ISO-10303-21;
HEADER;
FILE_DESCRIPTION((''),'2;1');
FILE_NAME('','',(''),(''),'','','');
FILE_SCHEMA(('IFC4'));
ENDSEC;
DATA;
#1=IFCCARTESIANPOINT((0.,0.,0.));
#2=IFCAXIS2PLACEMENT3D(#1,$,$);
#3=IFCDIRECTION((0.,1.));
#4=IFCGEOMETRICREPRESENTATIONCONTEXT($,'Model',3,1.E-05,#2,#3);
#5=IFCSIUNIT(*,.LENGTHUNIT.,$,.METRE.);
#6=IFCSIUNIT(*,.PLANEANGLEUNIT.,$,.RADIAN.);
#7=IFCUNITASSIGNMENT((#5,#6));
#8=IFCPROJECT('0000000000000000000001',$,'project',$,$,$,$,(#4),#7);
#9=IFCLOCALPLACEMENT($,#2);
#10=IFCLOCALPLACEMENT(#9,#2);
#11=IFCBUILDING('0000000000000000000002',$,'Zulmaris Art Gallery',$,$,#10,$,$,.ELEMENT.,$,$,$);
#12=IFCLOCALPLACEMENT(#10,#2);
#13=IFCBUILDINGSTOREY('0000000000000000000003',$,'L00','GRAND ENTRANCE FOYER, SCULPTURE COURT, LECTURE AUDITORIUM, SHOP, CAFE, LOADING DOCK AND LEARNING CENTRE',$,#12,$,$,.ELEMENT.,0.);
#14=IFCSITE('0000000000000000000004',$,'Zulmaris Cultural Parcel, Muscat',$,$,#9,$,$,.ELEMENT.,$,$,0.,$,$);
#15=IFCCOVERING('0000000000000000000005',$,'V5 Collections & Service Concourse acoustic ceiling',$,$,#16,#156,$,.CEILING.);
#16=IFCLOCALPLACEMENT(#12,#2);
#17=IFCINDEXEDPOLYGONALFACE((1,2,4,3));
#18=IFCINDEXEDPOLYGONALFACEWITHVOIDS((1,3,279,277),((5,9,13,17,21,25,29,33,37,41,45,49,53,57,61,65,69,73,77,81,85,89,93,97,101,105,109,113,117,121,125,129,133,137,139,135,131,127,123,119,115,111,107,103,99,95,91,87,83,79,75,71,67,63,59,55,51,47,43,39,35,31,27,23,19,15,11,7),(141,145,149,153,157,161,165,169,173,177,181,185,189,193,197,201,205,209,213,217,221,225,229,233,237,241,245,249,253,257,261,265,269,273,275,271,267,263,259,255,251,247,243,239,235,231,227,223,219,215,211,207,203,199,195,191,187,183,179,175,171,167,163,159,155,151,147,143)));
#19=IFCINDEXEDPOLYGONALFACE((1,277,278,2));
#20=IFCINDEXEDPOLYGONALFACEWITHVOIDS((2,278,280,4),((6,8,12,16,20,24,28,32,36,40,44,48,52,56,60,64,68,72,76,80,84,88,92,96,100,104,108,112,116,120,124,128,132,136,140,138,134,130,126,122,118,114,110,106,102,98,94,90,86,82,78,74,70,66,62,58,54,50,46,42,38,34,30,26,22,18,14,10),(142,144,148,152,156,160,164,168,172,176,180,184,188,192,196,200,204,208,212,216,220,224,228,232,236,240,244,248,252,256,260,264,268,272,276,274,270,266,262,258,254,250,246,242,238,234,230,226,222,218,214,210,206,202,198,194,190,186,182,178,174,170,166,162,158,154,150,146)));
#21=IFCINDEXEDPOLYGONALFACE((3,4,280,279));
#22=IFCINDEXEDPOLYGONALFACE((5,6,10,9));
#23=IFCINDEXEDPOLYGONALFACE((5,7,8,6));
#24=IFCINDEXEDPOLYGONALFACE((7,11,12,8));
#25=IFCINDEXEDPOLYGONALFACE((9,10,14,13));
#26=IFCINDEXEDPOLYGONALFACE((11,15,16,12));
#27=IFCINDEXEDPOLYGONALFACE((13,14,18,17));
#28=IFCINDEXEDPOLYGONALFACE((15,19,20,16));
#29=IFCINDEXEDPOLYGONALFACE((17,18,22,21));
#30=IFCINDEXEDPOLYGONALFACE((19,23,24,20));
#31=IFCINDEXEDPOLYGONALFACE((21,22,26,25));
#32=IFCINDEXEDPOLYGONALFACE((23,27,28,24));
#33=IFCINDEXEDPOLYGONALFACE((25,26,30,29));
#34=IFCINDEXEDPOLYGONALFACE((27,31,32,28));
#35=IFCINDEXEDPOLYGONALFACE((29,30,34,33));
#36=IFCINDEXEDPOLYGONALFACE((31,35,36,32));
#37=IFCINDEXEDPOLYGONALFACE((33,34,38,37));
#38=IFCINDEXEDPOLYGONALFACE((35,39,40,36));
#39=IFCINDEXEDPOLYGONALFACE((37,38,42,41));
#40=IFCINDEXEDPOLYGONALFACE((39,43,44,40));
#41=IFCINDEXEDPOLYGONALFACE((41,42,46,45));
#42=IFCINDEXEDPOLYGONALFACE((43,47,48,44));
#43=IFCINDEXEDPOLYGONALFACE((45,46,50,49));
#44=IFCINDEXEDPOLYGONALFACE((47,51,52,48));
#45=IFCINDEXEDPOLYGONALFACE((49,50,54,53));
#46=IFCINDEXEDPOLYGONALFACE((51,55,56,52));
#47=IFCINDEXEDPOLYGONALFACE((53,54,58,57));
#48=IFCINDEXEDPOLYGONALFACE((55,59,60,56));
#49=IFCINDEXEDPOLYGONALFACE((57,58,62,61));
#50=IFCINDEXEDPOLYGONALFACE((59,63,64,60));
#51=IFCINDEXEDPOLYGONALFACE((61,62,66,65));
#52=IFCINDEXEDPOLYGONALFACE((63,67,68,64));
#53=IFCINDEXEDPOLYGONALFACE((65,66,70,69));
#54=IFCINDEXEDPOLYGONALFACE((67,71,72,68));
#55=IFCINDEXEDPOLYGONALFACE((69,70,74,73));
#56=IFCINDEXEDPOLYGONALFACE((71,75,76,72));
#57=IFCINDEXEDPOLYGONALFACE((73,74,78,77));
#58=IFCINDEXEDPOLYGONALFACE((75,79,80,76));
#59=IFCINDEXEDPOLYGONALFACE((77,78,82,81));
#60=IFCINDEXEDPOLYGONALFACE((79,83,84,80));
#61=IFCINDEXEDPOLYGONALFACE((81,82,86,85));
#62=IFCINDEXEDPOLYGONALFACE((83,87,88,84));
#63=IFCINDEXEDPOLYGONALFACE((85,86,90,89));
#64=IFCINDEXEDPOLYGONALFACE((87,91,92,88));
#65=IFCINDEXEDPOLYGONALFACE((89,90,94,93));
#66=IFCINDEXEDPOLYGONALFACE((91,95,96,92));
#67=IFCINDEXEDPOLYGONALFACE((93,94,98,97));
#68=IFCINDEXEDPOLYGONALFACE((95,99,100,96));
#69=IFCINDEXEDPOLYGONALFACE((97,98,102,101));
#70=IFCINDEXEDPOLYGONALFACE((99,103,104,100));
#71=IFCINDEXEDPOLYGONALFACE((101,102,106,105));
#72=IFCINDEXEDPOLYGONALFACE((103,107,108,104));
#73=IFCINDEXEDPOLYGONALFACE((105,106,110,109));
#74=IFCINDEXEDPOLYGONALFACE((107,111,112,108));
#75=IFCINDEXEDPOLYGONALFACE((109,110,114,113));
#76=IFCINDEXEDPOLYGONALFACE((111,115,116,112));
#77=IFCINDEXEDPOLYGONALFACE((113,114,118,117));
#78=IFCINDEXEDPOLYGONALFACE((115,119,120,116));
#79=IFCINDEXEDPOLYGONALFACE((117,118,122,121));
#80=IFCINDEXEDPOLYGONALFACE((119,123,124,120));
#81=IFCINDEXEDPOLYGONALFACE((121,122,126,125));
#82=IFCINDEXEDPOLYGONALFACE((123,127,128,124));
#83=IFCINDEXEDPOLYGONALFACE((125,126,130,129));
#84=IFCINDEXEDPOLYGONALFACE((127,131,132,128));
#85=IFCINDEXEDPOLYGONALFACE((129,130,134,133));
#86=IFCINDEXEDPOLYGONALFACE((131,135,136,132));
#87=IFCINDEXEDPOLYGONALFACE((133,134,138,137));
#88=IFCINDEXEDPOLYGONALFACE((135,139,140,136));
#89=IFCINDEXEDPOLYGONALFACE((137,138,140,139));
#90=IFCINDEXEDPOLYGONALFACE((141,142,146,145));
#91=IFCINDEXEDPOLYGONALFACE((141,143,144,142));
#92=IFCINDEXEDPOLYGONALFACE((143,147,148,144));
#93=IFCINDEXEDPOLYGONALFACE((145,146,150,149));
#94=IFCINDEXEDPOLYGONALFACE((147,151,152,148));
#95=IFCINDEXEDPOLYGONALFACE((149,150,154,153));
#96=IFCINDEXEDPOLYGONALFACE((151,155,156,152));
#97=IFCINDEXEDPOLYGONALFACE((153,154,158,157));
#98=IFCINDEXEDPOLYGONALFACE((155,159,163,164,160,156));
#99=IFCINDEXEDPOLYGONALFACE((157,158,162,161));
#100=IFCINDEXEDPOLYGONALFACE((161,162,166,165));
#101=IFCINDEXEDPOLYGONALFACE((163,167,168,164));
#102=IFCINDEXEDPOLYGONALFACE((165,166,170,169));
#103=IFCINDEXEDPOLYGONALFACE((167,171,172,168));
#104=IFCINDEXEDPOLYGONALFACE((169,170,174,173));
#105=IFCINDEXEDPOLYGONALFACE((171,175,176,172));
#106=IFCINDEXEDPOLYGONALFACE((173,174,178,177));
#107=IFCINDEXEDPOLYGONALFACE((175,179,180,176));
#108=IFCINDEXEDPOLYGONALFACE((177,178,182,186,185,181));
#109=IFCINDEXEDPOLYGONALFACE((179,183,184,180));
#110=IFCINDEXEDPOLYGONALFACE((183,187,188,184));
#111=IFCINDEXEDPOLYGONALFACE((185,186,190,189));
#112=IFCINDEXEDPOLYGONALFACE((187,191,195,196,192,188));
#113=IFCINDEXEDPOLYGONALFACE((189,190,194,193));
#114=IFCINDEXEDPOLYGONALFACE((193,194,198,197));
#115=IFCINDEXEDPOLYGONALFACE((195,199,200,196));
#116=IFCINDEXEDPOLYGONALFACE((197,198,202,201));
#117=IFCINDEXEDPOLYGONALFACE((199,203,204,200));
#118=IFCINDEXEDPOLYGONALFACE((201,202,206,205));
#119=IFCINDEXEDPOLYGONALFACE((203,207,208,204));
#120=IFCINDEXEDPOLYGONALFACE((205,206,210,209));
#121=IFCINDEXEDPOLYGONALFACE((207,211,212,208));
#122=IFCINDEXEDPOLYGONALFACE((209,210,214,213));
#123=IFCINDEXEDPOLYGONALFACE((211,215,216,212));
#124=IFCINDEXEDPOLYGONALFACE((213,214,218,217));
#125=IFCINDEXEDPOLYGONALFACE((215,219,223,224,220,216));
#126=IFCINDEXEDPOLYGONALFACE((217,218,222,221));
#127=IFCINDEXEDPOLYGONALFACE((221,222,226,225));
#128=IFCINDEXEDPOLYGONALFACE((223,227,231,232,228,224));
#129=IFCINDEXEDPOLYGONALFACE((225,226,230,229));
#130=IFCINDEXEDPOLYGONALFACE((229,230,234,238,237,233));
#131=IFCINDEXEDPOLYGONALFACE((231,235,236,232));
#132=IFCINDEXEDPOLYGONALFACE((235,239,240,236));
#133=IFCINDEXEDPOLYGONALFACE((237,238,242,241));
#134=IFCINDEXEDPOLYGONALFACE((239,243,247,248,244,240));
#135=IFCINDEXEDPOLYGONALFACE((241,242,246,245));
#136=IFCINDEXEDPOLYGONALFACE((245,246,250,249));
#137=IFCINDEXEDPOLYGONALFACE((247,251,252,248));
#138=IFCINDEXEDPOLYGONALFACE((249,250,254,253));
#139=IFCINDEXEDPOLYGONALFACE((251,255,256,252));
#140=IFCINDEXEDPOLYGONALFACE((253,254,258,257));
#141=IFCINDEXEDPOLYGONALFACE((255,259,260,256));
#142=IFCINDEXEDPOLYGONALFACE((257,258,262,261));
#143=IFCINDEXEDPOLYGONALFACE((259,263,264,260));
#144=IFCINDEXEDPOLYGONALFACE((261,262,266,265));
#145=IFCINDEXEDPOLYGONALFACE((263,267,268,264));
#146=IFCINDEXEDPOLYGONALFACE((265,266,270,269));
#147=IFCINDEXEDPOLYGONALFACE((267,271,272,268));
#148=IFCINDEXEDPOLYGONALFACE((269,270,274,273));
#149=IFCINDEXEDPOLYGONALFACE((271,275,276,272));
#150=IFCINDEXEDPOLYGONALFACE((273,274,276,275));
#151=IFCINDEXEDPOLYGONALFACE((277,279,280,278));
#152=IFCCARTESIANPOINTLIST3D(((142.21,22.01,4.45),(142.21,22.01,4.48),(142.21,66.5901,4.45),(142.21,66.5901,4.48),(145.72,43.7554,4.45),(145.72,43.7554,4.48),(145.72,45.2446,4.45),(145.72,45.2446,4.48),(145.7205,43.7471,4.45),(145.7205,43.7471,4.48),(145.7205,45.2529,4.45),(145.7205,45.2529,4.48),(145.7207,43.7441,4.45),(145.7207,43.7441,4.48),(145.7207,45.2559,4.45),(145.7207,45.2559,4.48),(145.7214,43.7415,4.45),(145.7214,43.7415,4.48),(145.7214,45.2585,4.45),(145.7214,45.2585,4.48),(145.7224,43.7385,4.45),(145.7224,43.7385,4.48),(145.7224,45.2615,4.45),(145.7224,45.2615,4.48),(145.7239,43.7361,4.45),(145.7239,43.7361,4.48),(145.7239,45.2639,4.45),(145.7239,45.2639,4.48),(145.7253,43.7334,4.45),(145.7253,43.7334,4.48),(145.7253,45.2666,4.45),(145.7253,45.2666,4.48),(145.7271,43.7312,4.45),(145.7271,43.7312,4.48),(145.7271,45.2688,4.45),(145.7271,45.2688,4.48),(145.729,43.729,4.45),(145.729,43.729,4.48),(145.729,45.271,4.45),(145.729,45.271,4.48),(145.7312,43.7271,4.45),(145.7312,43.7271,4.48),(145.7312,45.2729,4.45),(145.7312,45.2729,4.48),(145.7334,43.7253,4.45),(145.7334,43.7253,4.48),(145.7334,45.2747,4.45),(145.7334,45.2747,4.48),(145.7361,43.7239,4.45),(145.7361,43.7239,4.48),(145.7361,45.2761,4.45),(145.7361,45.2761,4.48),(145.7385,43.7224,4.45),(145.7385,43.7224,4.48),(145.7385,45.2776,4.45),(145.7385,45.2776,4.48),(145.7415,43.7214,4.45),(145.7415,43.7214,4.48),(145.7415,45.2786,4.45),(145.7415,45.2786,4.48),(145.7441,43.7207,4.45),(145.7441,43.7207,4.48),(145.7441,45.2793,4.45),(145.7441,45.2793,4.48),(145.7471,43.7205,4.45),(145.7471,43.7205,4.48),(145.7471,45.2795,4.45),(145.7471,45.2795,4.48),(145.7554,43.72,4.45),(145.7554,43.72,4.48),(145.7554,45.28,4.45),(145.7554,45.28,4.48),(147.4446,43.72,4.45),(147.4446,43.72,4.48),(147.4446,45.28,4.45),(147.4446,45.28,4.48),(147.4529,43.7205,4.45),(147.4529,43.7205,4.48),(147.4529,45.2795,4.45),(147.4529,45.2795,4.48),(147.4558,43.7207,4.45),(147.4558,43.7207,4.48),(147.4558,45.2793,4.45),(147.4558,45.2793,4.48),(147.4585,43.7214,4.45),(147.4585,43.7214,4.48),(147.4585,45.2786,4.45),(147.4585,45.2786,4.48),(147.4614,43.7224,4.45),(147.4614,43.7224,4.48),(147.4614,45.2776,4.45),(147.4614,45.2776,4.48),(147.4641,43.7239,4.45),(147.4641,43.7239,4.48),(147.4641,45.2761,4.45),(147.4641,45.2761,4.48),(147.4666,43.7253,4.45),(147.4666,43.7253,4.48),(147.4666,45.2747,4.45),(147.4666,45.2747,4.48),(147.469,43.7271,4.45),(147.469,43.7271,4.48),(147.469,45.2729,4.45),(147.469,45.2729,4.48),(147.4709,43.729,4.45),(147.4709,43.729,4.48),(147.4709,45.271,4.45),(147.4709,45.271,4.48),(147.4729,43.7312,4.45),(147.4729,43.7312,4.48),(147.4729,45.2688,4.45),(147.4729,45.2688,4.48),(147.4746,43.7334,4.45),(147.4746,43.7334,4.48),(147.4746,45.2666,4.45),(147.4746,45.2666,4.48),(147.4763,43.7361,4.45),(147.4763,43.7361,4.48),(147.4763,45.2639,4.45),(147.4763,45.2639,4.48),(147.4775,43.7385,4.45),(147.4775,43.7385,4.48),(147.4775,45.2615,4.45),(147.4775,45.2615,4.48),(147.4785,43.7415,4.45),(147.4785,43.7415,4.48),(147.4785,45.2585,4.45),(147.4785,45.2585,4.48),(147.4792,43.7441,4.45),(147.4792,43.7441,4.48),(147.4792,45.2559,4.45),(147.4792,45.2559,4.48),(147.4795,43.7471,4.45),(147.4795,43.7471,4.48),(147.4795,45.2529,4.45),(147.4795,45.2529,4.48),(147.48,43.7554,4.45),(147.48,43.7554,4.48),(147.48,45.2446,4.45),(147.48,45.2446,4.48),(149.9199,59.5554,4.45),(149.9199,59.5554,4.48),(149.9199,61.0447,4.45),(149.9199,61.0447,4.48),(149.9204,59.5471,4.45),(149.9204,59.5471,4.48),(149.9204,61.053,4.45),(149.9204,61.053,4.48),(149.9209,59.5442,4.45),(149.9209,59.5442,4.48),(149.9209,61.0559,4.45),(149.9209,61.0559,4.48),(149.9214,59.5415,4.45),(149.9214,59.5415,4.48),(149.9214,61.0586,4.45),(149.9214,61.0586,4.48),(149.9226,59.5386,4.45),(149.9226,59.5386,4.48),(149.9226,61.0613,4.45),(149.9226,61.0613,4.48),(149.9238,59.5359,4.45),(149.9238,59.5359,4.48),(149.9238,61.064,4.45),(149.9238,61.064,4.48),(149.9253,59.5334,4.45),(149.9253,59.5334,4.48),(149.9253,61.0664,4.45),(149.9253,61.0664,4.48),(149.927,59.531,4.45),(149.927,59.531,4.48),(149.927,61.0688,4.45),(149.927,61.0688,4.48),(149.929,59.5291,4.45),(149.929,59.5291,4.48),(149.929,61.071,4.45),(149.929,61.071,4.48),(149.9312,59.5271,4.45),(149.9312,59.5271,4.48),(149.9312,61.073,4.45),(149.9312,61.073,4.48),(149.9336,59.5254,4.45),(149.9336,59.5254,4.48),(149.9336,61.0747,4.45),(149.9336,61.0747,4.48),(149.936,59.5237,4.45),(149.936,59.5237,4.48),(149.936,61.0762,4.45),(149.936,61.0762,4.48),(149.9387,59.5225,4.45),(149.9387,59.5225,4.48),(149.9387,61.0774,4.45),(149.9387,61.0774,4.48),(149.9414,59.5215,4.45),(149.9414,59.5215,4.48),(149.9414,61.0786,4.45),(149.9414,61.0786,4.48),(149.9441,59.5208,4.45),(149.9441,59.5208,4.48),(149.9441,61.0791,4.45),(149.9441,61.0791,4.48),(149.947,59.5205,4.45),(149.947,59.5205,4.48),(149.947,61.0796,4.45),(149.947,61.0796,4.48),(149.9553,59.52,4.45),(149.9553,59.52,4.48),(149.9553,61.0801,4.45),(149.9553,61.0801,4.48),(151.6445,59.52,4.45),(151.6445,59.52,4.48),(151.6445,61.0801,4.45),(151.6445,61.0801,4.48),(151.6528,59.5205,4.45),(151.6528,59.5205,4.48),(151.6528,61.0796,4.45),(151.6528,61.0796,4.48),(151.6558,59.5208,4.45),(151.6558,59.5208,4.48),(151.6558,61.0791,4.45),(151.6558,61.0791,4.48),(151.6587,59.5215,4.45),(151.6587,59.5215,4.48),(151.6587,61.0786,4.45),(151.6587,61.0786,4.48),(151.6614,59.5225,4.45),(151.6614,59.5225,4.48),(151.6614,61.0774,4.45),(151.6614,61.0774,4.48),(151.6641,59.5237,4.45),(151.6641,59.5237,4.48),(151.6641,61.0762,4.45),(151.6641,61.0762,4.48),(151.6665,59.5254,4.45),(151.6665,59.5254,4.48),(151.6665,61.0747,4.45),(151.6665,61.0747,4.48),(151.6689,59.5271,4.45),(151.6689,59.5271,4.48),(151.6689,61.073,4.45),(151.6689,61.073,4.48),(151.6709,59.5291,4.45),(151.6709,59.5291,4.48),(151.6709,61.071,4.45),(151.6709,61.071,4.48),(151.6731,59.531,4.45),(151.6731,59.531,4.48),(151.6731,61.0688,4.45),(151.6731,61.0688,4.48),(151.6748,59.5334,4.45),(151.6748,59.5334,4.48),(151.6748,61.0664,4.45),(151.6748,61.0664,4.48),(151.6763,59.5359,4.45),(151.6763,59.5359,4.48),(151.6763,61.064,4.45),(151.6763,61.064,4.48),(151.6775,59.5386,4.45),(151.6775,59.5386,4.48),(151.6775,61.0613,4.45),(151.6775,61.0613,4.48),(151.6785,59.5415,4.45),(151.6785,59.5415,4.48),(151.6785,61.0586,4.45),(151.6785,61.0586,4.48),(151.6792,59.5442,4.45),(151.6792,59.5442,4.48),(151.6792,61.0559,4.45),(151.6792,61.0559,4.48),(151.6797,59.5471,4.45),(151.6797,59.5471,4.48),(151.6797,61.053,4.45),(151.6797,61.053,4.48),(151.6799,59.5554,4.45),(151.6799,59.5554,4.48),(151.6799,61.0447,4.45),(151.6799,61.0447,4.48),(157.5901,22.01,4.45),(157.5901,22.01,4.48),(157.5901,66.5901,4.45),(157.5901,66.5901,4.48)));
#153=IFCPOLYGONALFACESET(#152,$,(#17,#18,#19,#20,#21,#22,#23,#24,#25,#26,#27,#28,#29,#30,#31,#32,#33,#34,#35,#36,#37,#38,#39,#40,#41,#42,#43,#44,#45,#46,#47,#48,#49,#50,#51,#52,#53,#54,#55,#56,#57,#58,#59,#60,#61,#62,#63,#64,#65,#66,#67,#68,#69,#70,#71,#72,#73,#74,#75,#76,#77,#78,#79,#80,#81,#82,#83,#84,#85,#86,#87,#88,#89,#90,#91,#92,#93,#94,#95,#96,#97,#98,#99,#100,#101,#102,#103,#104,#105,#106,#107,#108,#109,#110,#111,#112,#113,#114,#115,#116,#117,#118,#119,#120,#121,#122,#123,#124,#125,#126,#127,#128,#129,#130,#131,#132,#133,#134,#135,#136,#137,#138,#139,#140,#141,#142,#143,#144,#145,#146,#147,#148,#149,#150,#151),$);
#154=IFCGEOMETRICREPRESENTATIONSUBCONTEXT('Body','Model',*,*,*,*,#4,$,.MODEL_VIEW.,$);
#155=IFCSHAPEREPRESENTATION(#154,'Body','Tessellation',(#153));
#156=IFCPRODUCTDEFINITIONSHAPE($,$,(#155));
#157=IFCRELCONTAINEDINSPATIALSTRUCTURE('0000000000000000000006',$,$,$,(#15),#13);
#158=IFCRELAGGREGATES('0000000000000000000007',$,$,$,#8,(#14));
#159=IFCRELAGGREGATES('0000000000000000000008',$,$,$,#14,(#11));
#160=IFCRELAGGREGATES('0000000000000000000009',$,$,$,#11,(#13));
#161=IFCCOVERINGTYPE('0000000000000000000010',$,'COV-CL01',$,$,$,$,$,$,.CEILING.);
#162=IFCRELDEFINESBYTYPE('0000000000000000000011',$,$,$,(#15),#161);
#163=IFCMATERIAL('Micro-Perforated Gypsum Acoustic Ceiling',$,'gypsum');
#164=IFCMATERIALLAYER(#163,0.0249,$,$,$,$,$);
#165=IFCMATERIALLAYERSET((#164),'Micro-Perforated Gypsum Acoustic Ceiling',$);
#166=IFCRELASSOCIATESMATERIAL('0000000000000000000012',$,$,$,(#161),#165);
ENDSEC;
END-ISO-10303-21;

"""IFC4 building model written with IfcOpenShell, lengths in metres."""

from ifc_helpers import new_model, si_unit, direction, frame, origin, place, context, subcontext, project, spatial, polyline, outline, extrude, material, layer, layer_set, type_object, element, save


model = new_model("IFC4")

# Units and contexts
model_context = context("Model", 3, precision=1e-05, world=origin(), true_north=direction((0.0, 1.0)))
body_context = subcontext(model_context, "Body", "Model", "MODEL_VIEW")
ifc_project = project(units=[si_unit("LENGTHUNIT", "METRE"), si_unit("PLANEANGLEUNIT", "RADIAN")], contexts=[model_context])

# Site, building, storey
site_placement = place(None, origin())
site = spatial("IfcSite", under=ifc_project, at=site_placement, Name="Zulmaris Cultural Parcel, Muscat", CompositionType="ELEMENT", RefElevation=0.0)
building_placement = place(site_placement, origin())
building = spatial("IfcBuilding", under=site, at=building_placement, Name="Zulmaris Art Gallery", CompositionType="ELEMENT")
storey_placement = place(building_placement, origin())
storey = spatial("IfcBuildingStorey", under=building, at=storey_placement, Name="L00", Description="GRAND ENTRANCE FOYER, SCULPTURE COURT, LECTURE AUDITORIUM, SHOP, CAFE, LOADING DOCK AND LEARNING CENTRE", CompositionType="ELEMENT", Elevation=0.0)

# Covering
ifc_material_1 = material(Name="Micro-Perforated Gypsum Acoustic Ceiling", Category="gypsum")
ifc_layer_1 = layer(ifc_material_1, 0.0249)
ifc_layer_set_1 = layer_set([ifc_layer_1], Name="Micro-Perforated Gypsum Acoustic Ceiling")
covering_type_1 = type_object("IfcCoveringType", Name="COV-CL01", PredefinedType="CEILING", material=ifc_layer_set_1)
covering_1_placement = place(storey_placement, frame((0.0, 0.0, 4.45)))
element("IfcCovering", 1, at=covering_1_placement, inside=storey, type_object=covering_type_1, Name="V5 Collections & Service Concourse acoustic ceiling", PredefinedType="CEILING", context=body_context, shape_type="SweptSolid", body=[
    extrude(outline(polyline([(142.21, 66.5901), (157.5901, 66.5901), (157.5901, 22.01), (142.21, 22.01), (142.21, 66.5901)]), holes=[polyline([(149.9414, 61.0786), (149.9387, 61.0774), (149.936, 61.0762), (149.9336, 61.0747), (149.9312, 61.073), (149.929, 61.071), (149.927, 61.0688), (149.9253, 61.0664), (149.9238, 61.064), (149.9226, 61.0613), (149.9214, 61.0586), (149.9209, 61.0559), (149.9204, 61.053), (149.9199, 61.0447), (149.9199, 59.5554), (149.9204, 59.5471), (149.9209, 59.5442), (149.9214, 59.5415), (149.9226, 59.5386), (149.9238, 59.5359), (149.9253, 59.5334), (149.927, 59.531), (149.929, 59.5291), (149.9312, 59.5271), (149.9336, 59.5254), (149.936, 59.5237), (149.9387, 59.5225), (149.9414, 59.5215), (149.9441, 59.5208), (149.947, 59.5205), (149.9553, 59.52), (151.6445, 59.52), (151.6528, 59.5205), (151.6558, 59.5208), (151.6587, 59.5215), (151.6614, 59.5225), (151.6641, 59.5237), (151.6665, 59.5254), (151.6689, 59.5271), (151.6709, 59.5291), (151.6731, 59.531), (151.6748, 59.5334), (151.6763, 59.5359), (151.6775, 59.5386), (151.6785, 59.5415), (151.6792, 59.5442), (151.6797, 59.5471), (151.6799, 59.5554), (151.6799, 61.0447), (151.6797, 61.053), (151.6792, 61.0559), (151.6785, 61.0586), (151.6775, 61.0613), (151.6763, 61.064), (151.6748, 61.0664), (151.6731, 61.0688), (151.6709, 61.071), (151.6689, 61.073), (151.6665, 61.0747), (151.6641, 61.0762), (151.6614, 61.0774), (151.6587, 61.0786), (151.6558, 61.0791), (151.6528, 61.0796), (151.6445, 61.0801), (149.9553, 61.0801), (149.947, 61.0796), (149.9441, 61.0791), (149.9414, 61.0786)]), polyline([(145.7415, 45.2786), (145.7385, 45.2776), (145.7361, 45.2761), (145.7334, 45.2747), (145.7312, 45.2729), (145.729, 45.271), (145.7271, 45.2688), (145.7253, 45.2666), (145.7239, 45.2639), (145.7224, 45.2615), (145.7214, 45.2585), (145.7207, 45.2559), (145.7205, 45.2529), (145.72, 45.2446), (145.72, 43.7554), (145.7205, 43.7471), (145.7207, 43.7441), (145.7214, 43.7415), (145.7224, 43.7385), (145.7239, 43.7361), (145.7253, 43.7334), (145.7271, 43.7312), (145.729, 43.729), (145.7312, 43.7271), (145.7334, 43.7253), (145.7361, 43.7239), (145.7385, 43.7224), (145.7415, 43.7214), (145.7441, 43.7207), (145.7471, 43.7205), (145.7554, 43.72), (147.4446, 43.72), (147.4529, 43.7205), (147.4558, 43.7207), (147.4585, 43.7214), (147.4614, 43.7224), (147.4641, 43.7239), (147.4666, 43.7253), (147.469, 43.7271), (147.4709, 43.729), (147.4729, 43.7312), (147.4746, 43.7334), (147.4763, 43.7361), (147.4775, 43.7385), (147.4785, 43.7415), (147.4792, 43.7441), (147.4795, 43.7471), (147.48, 43.7554), (147.48, 45.2446), (147.4795, 45.2529), (147.4792, 45.2559), (147.4785, 45.2585), (147.4775, 45.2615), (147.4763, 45.2639), (147.4746, 45.2666), (147.4729, 45.2688), (147.4709, 45.271), (147.469, 45.2729), (147.4666, 45.2747), (147.4641, 45.2761), (147.4614, 45.2776), (147.4585, 45.2786), (147.4558, 45.2793), (147.4529, 45.2795), (147.4446, 45.28), (145.7554, 45.28), (145.7471, 45.2795), (145.7441, 45.2793), (145.7415, 45.2786)])]), origin(), (0.0, 0.0, 1.0), 0.03),
])

save(model, "model.ifc")
